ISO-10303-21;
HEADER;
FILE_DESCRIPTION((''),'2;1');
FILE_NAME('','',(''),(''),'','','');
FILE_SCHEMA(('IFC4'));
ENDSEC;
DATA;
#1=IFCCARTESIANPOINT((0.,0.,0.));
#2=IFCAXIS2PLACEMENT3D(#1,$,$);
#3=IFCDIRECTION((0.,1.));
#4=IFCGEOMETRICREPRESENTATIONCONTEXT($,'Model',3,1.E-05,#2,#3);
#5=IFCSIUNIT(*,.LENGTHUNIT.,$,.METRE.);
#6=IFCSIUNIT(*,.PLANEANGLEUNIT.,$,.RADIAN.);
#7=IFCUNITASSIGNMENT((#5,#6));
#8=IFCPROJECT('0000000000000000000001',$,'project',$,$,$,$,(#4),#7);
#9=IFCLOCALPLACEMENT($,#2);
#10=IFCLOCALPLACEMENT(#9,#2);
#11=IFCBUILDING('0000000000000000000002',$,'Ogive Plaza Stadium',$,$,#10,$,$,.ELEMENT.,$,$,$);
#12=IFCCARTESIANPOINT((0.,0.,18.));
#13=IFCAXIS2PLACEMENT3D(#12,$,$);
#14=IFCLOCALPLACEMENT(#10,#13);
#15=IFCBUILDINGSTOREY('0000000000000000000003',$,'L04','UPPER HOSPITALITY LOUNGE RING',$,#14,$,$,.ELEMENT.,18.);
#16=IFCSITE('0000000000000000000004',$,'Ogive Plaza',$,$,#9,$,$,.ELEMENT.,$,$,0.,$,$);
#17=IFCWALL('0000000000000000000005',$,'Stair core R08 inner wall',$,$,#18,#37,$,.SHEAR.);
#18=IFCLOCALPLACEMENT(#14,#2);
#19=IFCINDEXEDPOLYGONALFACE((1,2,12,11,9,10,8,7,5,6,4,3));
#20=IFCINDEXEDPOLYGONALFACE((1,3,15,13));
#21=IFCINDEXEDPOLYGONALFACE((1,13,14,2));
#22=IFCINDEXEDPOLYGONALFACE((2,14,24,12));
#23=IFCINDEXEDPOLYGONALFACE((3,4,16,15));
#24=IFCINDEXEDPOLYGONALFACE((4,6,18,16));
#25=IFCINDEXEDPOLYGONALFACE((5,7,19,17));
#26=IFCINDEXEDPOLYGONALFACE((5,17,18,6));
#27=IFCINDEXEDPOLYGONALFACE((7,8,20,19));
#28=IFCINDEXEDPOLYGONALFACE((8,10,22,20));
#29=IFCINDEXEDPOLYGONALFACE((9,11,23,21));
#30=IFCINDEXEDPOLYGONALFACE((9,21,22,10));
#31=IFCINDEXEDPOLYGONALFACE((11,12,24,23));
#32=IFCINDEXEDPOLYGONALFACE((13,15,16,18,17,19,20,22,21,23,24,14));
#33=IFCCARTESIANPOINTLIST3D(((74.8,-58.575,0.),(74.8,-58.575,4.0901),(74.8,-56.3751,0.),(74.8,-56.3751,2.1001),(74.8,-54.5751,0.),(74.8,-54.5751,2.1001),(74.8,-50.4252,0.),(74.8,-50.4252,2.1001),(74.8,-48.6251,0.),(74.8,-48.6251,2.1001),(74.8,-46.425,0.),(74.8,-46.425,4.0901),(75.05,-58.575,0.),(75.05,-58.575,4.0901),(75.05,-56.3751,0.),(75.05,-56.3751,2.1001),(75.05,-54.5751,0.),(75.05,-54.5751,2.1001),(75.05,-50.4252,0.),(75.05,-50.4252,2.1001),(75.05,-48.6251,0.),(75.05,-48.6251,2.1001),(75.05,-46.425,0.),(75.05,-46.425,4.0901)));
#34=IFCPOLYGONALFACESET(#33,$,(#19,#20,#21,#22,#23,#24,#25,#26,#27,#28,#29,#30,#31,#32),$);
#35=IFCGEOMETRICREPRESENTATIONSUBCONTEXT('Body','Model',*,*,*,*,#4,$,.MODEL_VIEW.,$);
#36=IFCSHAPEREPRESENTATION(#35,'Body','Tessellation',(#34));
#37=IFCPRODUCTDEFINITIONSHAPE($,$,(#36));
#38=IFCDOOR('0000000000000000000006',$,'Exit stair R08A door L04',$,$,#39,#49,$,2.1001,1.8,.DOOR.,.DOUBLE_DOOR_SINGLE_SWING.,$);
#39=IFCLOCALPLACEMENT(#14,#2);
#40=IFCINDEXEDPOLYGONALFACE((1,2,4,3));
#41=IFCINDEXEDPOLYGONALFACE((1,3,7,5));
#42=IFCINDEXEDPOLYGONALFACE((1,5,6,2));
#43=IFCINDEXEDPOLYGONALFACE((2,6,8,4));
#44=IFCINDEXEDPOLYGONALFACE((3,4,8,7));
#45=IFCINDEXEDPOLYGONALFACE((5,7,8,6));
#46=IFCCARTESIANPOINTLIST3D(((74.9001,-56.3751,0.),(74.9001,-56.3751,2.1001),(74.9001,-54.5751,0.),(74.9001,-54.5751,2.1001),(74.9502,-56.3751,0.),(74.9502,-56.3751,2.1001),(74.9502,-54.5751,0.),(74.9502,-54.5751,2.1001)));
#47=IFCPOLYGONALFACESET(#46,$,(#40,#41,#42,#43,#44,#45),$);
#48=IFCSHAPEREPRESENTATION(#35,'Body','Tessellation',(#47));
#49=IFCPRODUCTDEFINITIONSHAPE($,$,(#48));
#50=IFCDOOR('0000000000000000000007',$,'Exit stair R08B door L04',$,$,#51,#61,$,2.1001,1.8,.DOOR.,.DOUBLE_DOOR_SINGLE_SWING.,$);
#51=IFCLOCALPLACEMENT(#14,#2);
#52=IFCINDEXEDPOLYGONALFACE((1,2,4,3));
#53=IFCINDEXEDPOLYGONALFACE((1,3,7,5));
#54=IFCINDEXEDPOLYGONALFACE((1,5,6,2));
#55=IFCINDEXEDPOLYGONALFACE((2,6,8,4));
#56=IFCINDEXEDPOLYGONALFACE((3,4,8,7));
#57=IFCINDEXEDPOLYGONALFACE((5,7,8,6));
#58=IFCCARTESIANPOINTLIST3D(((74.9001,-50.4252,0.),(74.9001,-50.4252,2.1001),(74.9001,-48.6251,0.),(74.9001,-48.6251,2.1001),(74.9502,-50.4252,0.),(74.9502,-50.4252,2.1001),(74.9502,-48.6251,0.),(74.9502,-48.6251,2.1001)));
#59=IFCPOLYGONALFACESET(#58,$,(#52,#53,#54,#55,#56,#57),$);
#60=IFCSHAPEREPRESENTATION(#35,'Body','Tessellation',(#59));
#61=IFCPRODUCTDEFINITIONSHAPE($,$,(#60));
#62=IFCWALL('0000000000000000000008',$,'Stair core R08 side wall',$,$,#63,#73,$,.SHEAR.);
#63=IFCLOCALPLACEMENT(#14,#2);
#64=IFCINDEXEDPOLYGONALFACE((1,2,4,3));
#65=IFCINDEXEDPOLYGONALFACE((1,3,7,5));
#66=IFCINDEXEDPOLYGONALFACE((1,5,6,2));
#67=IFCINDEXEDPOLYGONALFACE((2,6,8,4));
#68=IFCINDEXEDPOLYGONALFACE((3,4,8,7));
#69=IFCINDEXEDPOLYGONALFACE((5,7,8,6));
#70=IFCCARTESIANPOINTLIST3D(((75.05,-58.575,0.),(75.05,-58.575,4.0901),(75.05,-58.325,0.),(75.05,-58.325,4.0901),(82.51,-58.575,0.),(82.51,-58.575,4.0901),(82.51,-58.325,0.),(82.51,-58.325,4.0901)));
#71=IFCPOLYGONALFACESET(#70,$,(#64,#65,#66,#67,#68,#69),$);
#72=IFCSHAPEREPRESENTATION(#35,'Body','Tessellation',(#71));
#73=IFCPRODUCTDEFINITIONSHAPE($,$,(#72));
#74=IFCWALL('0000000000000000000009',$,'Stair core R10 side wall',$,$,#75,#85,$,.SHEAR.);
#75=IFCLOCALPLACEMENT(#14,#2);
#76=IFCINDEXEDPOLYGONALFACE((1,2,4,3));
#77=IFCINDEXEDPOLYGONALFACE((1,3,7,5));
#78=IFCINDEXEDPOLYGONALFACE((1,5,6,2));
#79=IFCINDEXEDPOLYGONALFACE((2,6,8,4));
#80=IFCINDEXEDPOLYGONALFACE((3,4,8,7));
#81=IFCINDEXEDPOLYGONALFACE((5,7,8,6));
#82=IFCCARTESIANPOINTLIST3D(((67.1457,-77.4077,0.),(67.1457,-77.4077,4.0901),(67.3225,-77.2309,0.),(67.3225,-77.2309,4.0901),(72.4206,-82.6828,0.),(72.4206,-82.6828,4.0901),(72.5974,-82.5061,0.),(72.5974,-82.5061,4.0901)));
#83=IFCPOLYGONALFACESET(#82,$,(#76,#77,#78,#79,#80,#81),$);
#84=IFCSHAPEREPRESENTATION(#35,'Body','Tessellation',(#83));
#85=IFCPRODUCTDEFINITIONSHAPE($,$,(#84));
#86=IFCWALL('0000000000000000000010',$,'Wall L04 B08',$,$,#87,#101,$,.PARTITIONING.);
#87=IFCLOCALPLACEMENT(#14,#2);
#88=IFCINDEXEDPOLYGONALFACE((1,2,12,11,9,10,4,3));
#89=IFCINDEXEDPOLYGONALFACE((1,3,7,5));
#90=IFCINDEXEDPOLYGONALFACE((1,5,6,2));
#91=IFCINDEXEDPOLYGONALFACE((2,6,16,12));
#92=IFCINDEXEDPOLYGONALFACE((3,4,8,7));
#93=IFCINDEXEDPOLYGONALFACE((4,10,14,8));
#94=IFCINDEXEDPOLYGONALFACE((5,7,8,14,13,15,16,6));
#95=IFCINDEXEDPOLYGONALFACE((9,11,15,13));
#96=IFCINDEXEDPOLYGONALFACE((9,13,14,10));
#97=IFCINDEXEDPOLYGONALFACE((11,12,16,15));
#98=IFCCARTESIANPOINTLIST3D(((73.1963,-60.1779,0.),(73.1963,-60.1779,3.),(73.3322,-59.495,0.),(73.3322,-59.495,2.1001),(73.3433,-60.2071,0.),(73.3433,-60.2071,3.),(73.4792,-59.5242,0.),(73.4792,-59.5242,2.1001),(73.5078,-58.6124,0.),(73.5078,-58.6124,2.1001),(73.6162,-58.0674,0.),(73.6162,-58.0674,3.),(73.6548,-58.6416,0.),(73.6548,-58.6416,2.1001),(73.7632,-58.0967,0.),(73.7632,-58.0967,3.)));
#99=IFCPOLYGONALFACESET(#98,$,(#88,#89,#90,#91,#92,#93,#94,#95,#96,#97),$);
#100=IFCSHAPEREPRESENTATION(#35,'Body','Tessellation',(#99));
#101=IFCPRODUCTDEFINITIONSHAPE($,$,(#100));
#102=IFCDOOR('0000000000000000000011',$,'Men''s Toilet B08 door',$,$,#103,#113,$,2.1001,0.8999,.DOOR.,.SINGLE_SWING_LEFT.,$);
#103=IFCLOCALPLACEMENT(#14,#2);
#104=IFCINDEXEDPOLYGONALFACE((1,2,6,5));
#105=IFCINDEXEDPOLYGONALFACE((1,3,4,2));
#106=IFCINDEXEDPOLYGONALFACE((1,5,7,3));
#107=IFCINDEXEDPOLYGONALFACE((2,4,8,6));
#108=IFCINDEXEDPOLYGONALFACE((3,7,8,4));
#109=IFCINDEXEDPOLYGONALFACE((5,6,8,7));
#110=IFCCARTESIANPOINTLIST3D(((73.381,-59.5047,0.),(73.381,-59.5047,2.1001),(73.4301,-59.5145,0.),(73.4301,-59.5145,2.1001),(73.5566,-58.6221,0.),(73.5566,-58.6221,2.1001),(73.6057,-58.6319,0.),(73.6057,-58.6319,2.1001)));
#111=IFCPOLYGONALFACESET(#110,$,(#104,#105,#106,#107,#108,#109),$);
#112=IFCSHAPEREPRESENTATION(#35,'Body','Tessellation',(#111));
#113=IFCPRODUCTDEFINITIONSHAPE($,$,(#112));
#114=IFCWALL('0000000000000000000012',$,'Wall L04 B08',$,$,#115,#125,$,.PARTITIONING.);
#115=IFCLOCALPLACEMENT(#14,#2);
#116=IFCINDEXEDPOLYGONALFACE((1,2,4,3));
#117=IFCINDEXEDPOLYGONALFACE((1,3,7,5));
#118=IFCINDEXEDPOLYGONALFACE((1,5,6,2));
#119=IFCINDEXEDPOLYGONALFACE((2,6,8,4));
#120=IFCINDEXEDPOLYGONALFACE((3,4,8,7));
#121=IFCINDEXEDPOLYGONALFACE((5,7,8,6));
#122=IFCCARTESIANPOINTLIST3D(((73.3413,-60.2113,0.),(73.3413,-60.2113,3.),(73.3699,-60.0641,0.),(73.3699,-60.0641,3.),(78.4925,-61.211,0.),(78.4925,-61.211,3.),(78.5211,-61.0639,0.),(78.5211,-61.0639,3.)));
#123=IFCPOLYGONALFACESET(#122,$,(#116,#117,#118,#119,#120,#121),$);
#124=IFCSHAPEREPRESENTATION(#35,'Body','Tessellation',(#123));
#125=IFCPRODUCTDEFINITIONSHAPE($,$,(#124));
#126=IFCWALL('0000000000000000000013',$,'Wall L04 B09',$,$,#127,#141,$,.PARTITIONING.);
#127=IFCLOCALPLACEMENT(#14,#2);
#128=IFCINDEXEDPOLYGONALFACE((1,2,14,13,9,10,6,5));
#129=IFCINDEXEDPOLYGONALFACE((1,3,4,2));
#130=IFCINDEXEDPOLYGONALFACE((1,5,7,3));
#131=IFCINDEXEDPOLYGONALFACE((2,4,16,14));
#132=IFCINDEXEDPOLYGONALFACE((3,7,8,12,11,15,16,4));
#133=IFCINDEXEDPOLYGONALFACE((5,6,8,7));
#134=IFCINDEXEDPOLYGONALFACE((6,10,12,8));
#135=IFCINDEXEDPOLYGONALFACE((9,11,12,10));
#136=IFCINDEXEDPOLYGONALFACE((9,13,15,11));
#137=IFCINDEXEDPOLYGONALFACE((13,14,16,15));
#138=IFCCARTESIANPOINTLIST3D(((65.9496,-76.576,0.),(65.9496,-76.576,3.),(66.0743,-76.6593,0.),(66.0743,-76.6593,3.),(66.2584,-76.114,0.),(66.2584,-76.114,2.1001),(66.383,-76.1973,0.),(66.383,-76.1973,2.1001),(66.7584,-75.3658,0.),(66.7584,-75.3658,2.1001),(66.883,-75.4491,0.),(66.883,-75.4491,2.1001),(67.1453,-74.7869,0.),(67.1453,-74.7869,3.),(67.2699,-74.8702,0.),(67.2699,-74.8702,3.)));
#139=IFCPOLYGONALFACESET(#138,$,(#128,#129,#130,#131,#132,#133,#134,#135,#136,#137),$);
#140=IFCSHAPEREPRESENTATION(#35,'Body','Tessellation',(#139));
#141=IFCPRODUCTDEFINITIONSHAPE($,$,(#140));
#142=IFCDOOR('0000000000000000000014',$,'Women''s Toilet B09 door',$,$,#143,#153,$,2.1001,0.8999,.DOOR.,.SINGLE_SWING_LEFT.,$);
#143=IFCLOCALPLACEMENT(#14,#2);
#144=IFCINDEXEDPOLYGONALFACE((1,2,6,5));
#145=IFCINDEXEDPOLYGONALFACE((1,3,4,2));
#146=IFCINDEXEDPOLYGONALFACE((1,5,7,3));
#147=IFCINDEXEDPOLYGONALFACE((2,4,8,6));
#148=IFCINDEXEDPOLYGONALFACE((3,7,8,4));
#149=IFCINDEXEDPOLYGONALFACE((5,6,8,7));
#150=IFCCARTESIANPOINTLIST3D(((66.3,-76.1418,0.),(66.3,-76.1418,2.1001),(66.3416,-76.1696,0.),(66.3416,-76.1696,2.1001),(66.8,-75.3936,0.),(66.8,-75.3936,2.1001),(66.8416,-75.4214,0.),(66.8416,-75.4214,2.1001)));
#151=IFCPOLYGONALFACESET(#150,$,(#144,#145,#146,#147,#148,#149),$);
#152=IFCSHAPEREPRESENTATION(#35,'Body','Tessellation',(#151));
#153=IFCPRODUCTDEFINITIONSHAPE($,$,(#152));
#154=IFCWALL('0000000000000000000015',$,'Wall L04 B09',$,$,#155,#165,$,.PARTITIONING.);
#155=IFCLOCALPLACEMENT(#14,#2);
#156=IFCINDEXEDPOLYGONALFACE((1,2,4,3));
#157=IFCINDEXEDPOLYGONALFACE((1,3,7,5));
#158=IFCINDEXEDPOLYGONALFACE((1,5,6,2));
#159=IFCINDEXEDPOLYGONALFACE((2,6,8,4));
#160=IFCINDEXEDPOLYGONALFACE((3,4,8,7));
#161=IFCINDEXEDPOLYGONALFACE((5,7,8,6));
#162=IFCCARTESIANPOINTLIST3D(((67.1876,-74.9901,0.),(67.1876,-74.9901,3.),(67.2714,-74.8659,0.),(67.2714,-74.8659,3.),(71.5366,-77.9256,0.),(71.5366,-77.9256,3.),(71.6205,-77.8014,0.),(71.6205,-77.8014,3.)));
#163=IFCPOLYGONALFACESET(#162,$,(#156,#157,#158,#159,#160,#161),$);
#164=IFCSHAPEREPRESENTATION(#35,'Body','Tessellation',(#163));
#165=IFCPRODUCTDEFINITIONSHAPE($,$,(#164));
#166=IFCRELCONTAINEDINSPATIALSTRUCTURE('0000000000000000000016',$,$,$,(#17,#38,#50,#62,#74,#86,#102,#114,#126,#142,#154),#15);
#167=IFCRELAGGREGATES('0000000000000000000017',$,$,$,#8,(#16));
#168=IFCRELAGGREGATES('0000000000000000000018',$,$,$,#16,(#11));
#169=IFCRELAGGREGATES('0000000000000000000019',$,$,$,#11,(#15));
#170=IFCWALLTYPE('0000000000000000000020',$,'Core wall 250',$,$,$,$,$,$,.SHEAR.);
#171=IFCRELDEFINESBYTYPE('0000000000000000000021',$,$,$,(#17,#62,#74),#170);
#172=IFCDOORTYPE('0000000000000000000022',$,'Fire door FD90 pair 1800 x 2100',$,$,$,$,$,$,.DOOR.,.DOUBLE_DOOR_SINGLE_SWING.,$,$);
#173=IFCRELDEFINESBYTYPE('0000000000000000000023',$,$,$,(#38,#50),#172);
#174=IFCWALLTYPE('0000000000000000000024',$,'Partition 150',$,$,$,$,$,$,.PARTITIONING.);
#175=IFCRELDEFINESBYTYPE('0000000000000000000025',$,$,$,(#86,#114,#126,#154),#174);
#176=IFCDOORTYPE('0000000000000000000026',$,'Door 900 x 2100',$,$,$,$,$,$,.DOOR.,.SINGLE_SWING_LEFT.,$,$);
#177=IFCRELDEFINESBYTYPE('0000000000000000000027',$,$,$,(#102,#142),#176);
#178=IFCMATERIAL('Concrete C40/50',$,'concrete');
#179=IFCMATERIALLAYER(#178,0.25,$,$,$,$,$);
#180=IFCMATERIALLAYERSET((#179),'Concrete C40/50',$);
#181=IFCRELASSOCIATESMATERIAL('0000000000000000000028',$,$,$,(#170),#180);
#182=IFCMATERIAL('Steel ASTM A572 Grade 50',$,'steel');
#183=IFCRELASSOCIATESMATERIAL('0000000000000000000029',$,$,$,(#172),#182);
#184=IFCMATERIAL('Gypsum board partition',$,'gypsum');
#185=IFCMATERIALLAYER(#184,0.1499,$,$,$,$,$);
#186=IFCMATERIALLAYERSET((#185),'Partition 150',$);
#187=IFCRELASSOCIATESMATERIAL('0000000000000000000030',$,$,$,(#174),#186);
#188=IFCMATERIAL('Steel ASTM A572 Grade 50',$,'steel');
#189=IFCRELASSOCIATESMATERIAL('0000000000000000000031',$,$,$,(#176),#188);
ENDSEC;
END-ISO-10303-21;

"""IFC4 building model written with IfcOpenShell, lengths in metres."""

from ifc_helpers import new_model, si_unit, direction, frame, frame_2d, origin, place, context, subcontext, project, spatial, rectangle, extrude, material, layer, layer_set, type_object, element, fill, save


model = new_model("IFC4")

# Units and contexts
model_context = context("Model", 3, precision=1e-05, world=origin(), true_north=direction((0.0, 1.0)))
body_context = subcontext(model_context, "Body", "Model", "MODEL_VIEW")
ifc_project = project(units=[si_unit("LENGTHUNIT", "METRE"), si_unit("PLANEANGLEUNIT", "RADIAN")], contexts=[model_context])

# Site, building, storey
site_placement = place(None, origin())
site = spatial("IfcSite", under=ifc_project, at=site_placement, Name="Ogive Plaza", CompositionType="ELEMENT", RefElevation=0.0)
building_placement = place(site_placement, origin())
building = spatial("IfcBuilding", under=site, at=building_placement, Name="Ogive Plaza Stadium", CompositionType="ELEMENT")
storey_placement = place(building_placement, frame((0.0, 0.0, 18.0)))
storey = spatial("IfcBuildingStorey", under=building, at=storey_placement, Name="L04", Description="UPPER HOSPITALITY LOUNGE RING", CompositionType="ELEMENT", Elevation=18.0)

# Wall, openings, doors
ifc_material_1 = material(Name="Concrete C40/50", Category="concrete")
ifc_layer_1 = layer(ifc_material_1, 0.25)
ifc_layer_set_1 = layer_set([ifc_layer_1], Name="Concrete C40/50")
wall_type_1 = type_object("IfcWallType", Name="Core wall 250", PredefinedType="SHEAR", material=ifc_layer_set_1)
wall_1_placement = place(storey_placement, frame((74.925, -58.575, 0.0), z_axis=(0.0, 0.0, 1.0), x_axis=(0.0, 1.0, 0.0)))
wall_1 = element("IfcWall", 1, at=wall_1_placement, inside=storey, type_object=wall_type_1, Name="Stair core R08 inner wall", PredefinedType="SHEAR", context=body_context, shape_type="SweptSolid", body=[
    extrude(rectangle(XDim=12.1499, YDim=0.25, at=frame_2d((6.075, 0.0))), origin(), (0.0, 0.0, 1.0), 4.0901),
])
opening_1_placement = place(wall_1_placement, frame((2.2, 0.0, 0.0)))
opening_1 = element("IfcOpeningElement", 2, at=opening_1_placement, cuts=wall_1, PredefinedType="OPENING", context=body_context, shape_type="SweptSolid", body=[
    extrude(rectangle(XDim=1.8, YDim=2.1001, at=frame_2d((0.8999, 1.05))), frame((0.0, 0.125, 0.0), z_axis=(0.0, -1.0, 0.0), x_axis=(1.0, 0.0, 0.0)), (0.0, 0.0, 1.0), 0.25),
])
opening_2_placement = place(wall_1_placement, frame((8.1499, 0.0, 0.0)))
opening_2 = element("IfcOpeningElement", 3, at=opening_2_placement, cuts=wall_1, PredefinedType="OPENING", context=body_context, shape_type="SweptSolid", body=[
    extrude(rectangle(XDim=1.8, YDim=2.1001, at=frame_2d((0.8999, 1.05))), frame((0.0, 0.125, 0.0), z_axis=(0.0, -1.0, 0.0), x_axis=(1.0, 0.0, 0.0)), (0.0, 0.0, 1.0), 0.25),
])
ifc_material_2 = material(Name="Steel ASTM A572 Grade 50", Category="steel")
door_type_1 = type_object("IfcDoorType", Name="Fire door FD90 pair 1800 x 2100", OperationType="DOUBLE_DOOR_SINGLE_SWING", PredefinedType="DOOR", material=ifc_material_2)
door_1_placement = place(opening_1_placement, origin())
door_1 = element("IfcDoor", 4, at=door_1_placement, inside=storey, type_object=door_type_1, Name="Exit stair R08A door L04", OperationType="DOUBLE_DOOR_SINGLE_SWING", OverallHeight=2.1001, OverallWidth=1.8, PredefinedType="DOOR", context=body_context, shape_type="SweptSolid", body=[
    extrude(rectangle(XDim=1.8, YDim=2.1001, at=frame_2d((0.8999, 1.05))), frame((0.0, 0.0249, 0.0), z_axis=(0.0, -1.0, 0.0), x_axis=(1.0, 0.0, 0.0)), (0.0, 0.0, 1.0), 0.05),
])
fill(opening_1, door_1)
door_2_placement = place(opening_2_placement, origin())
door_2 = element("IfcDoor", 5, at=door_2_placement, inside=storey, type_object=door_type_1, Name="Exit stair R08B door L04", OperationType="DOUBLE_DOOR_SINGLE_SWING", OverallHeight=2.1001, OverallWidth=1.8, PredefinedType="DOOR", context=body_context, shape_type="SweptSolid", body=[
    extrude(rectangle(XDim=1.8, YDim=2.1001, at=frame_2d((0.8999, 1.05))), frame((0.0, 0.0249, 0.0), z_axis=(0.0, -1.0, 0.0), x_axis=(1.0, 0.0, 0.0)), (0.0, 0.0, 1.0), 0.05),
])
fill(opening_2, door_2)

# Walls
for number, where, z_axis, x_axis, name in (
    (6, (75.05, -58.45, 0.0), (0.0, 0.0, 1.0), (1.0, 0.0, 0.0), "Stair core R08 side wall"),
    (7, (67.2341, -77.3193, 0.0), (0.0, 0.0, 1.0), (0.70709, -0.707123, 0.0), "Stair core R10 side wall"),
):
    element("IfcWall", number, at=place(storey_placement, frame(where, z_axis=z_axis, x_axis=x_axis)), inside=storey, type_object=wall_type_1, Name=name, PredefinedType="SHEAR", context=body_context, shape_type="SweptSolid", body=[
        extrude(rectangle(XDim=7.46, YDim=0.25, at=frame_2d((3.73, 0.0))), origin(), (0.0, 0.0, 1.0), 4.0901),
    ])

# Wall, opening, door
ifc_material_3 = material(Name="Gypsum board partition", Category="gypsum")
ifc_layer_2 = layer(ifc_material_3, 0.1499)
ifc_layer_set_2 = layer_set([ifc_layer_2], Name="Partition 150")
wall_type_2 = type_object("IfcWallType", Name="Partition 150", PredefinedType="PARTITIONING", material=ifc_layer_set_2)
wall_2_placement = place(storey_placement, frame((73.6897, -58.082, 0.0), z_axis=(0.0, 0.0, 1.0), x_axis=(-0.195134, -0.980777, 0.0)))
wall_2 = element("IfcWall", 8, at=wall_2_placement, inside=storey, type_object=wall_type_2, Name="Wall L04 B08", PredefinedType="PARTITIONING", context=body_context, shape_type="SweptSolid", body=[
    extrude(rectangle(XDim=2.1519, YDim=0.1499, at=frame_2d((1.0759, 0.0))), origin(), (0.0, 0.0, 1.0), 3.0),
])
opening_3_placement = place(wall_2_placement, frame((0.5557, 0.0, 0.0)))
opening_3 = element("IfcOpeningElement", 9, at=opening_3_placement, cuts=wall_2, PredefinedType="OPENING", context=body_context, shape_type="SweptSolid", body=[
    extrude(rectangle(XDim=0.8999, YDim=2.1001, at=frame_2d((0.45, 1.05))), frame((0.0, 0.075, 0.0), z_axis=(0.0, -1.0, 0.0), x_axis=(1.0, 0.0, 0.0)), (0.0, 0.0, 1.0), 0.1499),
])
ifc_material_4 = material(Name="Steel ASTM A572 Grade 50", Category="steel")
door_type_2 = type_object("IfcDoorType", Name="Door 900 x 2100", OperationType="SINGLE_SWING_LEFT", PredefinedType="DOOR", material=ifc_material_4)
door_3_placement = place(opening_3_placement, origin())
door_3 = element("IfcDoor", 10, at=door_3_placement, inside=storey, type_object=door_type_2, Name="Men's Toilet B08 door", OperationType="SINGLE_SWING_LEFT", OverallHeight=2.1001, OverallWidth=0.8999, PredefinedType="DOOR", context=body_context, shape_type="SweptSolid", body=[
    extrude(rectangle(XDim=0.8999, YDim=2.1001, at=frame_2d((0.45, 1.05))), frame((0.0, 0.0249, 0.0), z_axis=(0.0, -1.0, 0.0), x_axis=(1.0, 0.0, 0.0)), (0.0, 0.0, 1.0), 0.05),
])
fill(opening_3, door_3)

# Wall
wall_3_placement = place(storey_placement, frame((73.3557, -60.1377, 0.0), z_axis=(0.0, 0.0, 1.0), x_axis=(0.981681, -0.19053, 0.0)))
element("IfcWall", 11, at=wall_3_placement, inside=storey, type_object=wall_type_2, Name="Wall L04 B08", PredefinedType="PARTITIONING", context=body_context, shape_type="SweptSolid", body=[
    extrude(rectangle(XDim=5.2473, YDim=0.1499, at=frame_2d((2.6235, 0.0))), origin(), (0.0, 0.0, 1.0), 3.0),
])

# Wall, opening, door
wall_4_placement = place(storey_placement, frame((66.012, -76.6177, 0.0), z_axis=(0.0, 0.0, 1.0), x_axis=(0.555616, 0.831439, 0.0)))
wall_4 = element("IfcWall", 12, at=wall_4_placement, inside=storey, type_object=wall_type_2, Name="Wall L04 B09", PredefinedType="PARTITIONING", context=body_context, shape_type="SweptSolid", body=[
    extrude(rectangle(XDim=2.1519, YDim=0.1499, at=frame_2d((1.0759, 0.0))), origin(), (0.0, 0.0, 1.0), 3.0),
])
opening_4_placement = place(wall_4_placement, frame((0.5557, 0.0, 0.0)))
opening_4 = element("IfcOpeningElement", 13, at=opening_4_placement, cuts=wall_4, PredefinedType="OPENING", context=body_context, shape_type="SweptSolid", body=[
    extrude(rectangle(XDim=0.8999, YDim=2.1001, at=frame_2d((0.45, 1.05))), frame((0.0, 0.075, 0.0), z_axis=(0.0, -1.0, 0.0), x_axis=(1.0, 0.0, 0.0)), (0.0, 0.0, 1.0), 0.1499),
])
door_4_placement = place(opening_4_placement, origin())
door_4 = element("IfcDoor", 14, at=door_4_placement, inside=storey, type_object=door_type_2, Name="Women's Toilet B09 door", OperationType="SINGLE_SWING_LEFT", OverallHeight=2.1001, OverallWidth=0.8999, PredefinedType="DOOR", context=body_context, shape_type="SweptSolid", body=[
    extrude(rectangle(XDim=0.8999, YDim=2.1001, at=frame_2d((0.45, 1.05))), frame((0.0, 0.0249, 0.0), z_axis=(0.0, -1.0, 0.0), x_axis=(1.0, 0.0, 0.0)), (0.0, 0.0, 1.0), 0.05),
])
fill(opening_4, door_4)

# Wall
wall_5_placement = place(storey_placement, frame((67.2295, -74.928, 0.0), z_axis=(0.0, 0.0, 1.0), x_axis=(0.828858, -0.559458, 0.0)))
element("IfcWall", 15, at=wall_5_placement, inside=storey, type_object=wall_type_2, Name="Wall L04 B09", PredefinedType="PARTITIONING", context=body_context, shape_type="SweptSolid", body=[
    extrude(rectangle(XDim=5.2471, YDim=0.1499, at=frame_2d((2.6235, 0.0))), origin(), (0.0, 0.0, 1.0), 3.0),
])

save(model, "model.ifc")
